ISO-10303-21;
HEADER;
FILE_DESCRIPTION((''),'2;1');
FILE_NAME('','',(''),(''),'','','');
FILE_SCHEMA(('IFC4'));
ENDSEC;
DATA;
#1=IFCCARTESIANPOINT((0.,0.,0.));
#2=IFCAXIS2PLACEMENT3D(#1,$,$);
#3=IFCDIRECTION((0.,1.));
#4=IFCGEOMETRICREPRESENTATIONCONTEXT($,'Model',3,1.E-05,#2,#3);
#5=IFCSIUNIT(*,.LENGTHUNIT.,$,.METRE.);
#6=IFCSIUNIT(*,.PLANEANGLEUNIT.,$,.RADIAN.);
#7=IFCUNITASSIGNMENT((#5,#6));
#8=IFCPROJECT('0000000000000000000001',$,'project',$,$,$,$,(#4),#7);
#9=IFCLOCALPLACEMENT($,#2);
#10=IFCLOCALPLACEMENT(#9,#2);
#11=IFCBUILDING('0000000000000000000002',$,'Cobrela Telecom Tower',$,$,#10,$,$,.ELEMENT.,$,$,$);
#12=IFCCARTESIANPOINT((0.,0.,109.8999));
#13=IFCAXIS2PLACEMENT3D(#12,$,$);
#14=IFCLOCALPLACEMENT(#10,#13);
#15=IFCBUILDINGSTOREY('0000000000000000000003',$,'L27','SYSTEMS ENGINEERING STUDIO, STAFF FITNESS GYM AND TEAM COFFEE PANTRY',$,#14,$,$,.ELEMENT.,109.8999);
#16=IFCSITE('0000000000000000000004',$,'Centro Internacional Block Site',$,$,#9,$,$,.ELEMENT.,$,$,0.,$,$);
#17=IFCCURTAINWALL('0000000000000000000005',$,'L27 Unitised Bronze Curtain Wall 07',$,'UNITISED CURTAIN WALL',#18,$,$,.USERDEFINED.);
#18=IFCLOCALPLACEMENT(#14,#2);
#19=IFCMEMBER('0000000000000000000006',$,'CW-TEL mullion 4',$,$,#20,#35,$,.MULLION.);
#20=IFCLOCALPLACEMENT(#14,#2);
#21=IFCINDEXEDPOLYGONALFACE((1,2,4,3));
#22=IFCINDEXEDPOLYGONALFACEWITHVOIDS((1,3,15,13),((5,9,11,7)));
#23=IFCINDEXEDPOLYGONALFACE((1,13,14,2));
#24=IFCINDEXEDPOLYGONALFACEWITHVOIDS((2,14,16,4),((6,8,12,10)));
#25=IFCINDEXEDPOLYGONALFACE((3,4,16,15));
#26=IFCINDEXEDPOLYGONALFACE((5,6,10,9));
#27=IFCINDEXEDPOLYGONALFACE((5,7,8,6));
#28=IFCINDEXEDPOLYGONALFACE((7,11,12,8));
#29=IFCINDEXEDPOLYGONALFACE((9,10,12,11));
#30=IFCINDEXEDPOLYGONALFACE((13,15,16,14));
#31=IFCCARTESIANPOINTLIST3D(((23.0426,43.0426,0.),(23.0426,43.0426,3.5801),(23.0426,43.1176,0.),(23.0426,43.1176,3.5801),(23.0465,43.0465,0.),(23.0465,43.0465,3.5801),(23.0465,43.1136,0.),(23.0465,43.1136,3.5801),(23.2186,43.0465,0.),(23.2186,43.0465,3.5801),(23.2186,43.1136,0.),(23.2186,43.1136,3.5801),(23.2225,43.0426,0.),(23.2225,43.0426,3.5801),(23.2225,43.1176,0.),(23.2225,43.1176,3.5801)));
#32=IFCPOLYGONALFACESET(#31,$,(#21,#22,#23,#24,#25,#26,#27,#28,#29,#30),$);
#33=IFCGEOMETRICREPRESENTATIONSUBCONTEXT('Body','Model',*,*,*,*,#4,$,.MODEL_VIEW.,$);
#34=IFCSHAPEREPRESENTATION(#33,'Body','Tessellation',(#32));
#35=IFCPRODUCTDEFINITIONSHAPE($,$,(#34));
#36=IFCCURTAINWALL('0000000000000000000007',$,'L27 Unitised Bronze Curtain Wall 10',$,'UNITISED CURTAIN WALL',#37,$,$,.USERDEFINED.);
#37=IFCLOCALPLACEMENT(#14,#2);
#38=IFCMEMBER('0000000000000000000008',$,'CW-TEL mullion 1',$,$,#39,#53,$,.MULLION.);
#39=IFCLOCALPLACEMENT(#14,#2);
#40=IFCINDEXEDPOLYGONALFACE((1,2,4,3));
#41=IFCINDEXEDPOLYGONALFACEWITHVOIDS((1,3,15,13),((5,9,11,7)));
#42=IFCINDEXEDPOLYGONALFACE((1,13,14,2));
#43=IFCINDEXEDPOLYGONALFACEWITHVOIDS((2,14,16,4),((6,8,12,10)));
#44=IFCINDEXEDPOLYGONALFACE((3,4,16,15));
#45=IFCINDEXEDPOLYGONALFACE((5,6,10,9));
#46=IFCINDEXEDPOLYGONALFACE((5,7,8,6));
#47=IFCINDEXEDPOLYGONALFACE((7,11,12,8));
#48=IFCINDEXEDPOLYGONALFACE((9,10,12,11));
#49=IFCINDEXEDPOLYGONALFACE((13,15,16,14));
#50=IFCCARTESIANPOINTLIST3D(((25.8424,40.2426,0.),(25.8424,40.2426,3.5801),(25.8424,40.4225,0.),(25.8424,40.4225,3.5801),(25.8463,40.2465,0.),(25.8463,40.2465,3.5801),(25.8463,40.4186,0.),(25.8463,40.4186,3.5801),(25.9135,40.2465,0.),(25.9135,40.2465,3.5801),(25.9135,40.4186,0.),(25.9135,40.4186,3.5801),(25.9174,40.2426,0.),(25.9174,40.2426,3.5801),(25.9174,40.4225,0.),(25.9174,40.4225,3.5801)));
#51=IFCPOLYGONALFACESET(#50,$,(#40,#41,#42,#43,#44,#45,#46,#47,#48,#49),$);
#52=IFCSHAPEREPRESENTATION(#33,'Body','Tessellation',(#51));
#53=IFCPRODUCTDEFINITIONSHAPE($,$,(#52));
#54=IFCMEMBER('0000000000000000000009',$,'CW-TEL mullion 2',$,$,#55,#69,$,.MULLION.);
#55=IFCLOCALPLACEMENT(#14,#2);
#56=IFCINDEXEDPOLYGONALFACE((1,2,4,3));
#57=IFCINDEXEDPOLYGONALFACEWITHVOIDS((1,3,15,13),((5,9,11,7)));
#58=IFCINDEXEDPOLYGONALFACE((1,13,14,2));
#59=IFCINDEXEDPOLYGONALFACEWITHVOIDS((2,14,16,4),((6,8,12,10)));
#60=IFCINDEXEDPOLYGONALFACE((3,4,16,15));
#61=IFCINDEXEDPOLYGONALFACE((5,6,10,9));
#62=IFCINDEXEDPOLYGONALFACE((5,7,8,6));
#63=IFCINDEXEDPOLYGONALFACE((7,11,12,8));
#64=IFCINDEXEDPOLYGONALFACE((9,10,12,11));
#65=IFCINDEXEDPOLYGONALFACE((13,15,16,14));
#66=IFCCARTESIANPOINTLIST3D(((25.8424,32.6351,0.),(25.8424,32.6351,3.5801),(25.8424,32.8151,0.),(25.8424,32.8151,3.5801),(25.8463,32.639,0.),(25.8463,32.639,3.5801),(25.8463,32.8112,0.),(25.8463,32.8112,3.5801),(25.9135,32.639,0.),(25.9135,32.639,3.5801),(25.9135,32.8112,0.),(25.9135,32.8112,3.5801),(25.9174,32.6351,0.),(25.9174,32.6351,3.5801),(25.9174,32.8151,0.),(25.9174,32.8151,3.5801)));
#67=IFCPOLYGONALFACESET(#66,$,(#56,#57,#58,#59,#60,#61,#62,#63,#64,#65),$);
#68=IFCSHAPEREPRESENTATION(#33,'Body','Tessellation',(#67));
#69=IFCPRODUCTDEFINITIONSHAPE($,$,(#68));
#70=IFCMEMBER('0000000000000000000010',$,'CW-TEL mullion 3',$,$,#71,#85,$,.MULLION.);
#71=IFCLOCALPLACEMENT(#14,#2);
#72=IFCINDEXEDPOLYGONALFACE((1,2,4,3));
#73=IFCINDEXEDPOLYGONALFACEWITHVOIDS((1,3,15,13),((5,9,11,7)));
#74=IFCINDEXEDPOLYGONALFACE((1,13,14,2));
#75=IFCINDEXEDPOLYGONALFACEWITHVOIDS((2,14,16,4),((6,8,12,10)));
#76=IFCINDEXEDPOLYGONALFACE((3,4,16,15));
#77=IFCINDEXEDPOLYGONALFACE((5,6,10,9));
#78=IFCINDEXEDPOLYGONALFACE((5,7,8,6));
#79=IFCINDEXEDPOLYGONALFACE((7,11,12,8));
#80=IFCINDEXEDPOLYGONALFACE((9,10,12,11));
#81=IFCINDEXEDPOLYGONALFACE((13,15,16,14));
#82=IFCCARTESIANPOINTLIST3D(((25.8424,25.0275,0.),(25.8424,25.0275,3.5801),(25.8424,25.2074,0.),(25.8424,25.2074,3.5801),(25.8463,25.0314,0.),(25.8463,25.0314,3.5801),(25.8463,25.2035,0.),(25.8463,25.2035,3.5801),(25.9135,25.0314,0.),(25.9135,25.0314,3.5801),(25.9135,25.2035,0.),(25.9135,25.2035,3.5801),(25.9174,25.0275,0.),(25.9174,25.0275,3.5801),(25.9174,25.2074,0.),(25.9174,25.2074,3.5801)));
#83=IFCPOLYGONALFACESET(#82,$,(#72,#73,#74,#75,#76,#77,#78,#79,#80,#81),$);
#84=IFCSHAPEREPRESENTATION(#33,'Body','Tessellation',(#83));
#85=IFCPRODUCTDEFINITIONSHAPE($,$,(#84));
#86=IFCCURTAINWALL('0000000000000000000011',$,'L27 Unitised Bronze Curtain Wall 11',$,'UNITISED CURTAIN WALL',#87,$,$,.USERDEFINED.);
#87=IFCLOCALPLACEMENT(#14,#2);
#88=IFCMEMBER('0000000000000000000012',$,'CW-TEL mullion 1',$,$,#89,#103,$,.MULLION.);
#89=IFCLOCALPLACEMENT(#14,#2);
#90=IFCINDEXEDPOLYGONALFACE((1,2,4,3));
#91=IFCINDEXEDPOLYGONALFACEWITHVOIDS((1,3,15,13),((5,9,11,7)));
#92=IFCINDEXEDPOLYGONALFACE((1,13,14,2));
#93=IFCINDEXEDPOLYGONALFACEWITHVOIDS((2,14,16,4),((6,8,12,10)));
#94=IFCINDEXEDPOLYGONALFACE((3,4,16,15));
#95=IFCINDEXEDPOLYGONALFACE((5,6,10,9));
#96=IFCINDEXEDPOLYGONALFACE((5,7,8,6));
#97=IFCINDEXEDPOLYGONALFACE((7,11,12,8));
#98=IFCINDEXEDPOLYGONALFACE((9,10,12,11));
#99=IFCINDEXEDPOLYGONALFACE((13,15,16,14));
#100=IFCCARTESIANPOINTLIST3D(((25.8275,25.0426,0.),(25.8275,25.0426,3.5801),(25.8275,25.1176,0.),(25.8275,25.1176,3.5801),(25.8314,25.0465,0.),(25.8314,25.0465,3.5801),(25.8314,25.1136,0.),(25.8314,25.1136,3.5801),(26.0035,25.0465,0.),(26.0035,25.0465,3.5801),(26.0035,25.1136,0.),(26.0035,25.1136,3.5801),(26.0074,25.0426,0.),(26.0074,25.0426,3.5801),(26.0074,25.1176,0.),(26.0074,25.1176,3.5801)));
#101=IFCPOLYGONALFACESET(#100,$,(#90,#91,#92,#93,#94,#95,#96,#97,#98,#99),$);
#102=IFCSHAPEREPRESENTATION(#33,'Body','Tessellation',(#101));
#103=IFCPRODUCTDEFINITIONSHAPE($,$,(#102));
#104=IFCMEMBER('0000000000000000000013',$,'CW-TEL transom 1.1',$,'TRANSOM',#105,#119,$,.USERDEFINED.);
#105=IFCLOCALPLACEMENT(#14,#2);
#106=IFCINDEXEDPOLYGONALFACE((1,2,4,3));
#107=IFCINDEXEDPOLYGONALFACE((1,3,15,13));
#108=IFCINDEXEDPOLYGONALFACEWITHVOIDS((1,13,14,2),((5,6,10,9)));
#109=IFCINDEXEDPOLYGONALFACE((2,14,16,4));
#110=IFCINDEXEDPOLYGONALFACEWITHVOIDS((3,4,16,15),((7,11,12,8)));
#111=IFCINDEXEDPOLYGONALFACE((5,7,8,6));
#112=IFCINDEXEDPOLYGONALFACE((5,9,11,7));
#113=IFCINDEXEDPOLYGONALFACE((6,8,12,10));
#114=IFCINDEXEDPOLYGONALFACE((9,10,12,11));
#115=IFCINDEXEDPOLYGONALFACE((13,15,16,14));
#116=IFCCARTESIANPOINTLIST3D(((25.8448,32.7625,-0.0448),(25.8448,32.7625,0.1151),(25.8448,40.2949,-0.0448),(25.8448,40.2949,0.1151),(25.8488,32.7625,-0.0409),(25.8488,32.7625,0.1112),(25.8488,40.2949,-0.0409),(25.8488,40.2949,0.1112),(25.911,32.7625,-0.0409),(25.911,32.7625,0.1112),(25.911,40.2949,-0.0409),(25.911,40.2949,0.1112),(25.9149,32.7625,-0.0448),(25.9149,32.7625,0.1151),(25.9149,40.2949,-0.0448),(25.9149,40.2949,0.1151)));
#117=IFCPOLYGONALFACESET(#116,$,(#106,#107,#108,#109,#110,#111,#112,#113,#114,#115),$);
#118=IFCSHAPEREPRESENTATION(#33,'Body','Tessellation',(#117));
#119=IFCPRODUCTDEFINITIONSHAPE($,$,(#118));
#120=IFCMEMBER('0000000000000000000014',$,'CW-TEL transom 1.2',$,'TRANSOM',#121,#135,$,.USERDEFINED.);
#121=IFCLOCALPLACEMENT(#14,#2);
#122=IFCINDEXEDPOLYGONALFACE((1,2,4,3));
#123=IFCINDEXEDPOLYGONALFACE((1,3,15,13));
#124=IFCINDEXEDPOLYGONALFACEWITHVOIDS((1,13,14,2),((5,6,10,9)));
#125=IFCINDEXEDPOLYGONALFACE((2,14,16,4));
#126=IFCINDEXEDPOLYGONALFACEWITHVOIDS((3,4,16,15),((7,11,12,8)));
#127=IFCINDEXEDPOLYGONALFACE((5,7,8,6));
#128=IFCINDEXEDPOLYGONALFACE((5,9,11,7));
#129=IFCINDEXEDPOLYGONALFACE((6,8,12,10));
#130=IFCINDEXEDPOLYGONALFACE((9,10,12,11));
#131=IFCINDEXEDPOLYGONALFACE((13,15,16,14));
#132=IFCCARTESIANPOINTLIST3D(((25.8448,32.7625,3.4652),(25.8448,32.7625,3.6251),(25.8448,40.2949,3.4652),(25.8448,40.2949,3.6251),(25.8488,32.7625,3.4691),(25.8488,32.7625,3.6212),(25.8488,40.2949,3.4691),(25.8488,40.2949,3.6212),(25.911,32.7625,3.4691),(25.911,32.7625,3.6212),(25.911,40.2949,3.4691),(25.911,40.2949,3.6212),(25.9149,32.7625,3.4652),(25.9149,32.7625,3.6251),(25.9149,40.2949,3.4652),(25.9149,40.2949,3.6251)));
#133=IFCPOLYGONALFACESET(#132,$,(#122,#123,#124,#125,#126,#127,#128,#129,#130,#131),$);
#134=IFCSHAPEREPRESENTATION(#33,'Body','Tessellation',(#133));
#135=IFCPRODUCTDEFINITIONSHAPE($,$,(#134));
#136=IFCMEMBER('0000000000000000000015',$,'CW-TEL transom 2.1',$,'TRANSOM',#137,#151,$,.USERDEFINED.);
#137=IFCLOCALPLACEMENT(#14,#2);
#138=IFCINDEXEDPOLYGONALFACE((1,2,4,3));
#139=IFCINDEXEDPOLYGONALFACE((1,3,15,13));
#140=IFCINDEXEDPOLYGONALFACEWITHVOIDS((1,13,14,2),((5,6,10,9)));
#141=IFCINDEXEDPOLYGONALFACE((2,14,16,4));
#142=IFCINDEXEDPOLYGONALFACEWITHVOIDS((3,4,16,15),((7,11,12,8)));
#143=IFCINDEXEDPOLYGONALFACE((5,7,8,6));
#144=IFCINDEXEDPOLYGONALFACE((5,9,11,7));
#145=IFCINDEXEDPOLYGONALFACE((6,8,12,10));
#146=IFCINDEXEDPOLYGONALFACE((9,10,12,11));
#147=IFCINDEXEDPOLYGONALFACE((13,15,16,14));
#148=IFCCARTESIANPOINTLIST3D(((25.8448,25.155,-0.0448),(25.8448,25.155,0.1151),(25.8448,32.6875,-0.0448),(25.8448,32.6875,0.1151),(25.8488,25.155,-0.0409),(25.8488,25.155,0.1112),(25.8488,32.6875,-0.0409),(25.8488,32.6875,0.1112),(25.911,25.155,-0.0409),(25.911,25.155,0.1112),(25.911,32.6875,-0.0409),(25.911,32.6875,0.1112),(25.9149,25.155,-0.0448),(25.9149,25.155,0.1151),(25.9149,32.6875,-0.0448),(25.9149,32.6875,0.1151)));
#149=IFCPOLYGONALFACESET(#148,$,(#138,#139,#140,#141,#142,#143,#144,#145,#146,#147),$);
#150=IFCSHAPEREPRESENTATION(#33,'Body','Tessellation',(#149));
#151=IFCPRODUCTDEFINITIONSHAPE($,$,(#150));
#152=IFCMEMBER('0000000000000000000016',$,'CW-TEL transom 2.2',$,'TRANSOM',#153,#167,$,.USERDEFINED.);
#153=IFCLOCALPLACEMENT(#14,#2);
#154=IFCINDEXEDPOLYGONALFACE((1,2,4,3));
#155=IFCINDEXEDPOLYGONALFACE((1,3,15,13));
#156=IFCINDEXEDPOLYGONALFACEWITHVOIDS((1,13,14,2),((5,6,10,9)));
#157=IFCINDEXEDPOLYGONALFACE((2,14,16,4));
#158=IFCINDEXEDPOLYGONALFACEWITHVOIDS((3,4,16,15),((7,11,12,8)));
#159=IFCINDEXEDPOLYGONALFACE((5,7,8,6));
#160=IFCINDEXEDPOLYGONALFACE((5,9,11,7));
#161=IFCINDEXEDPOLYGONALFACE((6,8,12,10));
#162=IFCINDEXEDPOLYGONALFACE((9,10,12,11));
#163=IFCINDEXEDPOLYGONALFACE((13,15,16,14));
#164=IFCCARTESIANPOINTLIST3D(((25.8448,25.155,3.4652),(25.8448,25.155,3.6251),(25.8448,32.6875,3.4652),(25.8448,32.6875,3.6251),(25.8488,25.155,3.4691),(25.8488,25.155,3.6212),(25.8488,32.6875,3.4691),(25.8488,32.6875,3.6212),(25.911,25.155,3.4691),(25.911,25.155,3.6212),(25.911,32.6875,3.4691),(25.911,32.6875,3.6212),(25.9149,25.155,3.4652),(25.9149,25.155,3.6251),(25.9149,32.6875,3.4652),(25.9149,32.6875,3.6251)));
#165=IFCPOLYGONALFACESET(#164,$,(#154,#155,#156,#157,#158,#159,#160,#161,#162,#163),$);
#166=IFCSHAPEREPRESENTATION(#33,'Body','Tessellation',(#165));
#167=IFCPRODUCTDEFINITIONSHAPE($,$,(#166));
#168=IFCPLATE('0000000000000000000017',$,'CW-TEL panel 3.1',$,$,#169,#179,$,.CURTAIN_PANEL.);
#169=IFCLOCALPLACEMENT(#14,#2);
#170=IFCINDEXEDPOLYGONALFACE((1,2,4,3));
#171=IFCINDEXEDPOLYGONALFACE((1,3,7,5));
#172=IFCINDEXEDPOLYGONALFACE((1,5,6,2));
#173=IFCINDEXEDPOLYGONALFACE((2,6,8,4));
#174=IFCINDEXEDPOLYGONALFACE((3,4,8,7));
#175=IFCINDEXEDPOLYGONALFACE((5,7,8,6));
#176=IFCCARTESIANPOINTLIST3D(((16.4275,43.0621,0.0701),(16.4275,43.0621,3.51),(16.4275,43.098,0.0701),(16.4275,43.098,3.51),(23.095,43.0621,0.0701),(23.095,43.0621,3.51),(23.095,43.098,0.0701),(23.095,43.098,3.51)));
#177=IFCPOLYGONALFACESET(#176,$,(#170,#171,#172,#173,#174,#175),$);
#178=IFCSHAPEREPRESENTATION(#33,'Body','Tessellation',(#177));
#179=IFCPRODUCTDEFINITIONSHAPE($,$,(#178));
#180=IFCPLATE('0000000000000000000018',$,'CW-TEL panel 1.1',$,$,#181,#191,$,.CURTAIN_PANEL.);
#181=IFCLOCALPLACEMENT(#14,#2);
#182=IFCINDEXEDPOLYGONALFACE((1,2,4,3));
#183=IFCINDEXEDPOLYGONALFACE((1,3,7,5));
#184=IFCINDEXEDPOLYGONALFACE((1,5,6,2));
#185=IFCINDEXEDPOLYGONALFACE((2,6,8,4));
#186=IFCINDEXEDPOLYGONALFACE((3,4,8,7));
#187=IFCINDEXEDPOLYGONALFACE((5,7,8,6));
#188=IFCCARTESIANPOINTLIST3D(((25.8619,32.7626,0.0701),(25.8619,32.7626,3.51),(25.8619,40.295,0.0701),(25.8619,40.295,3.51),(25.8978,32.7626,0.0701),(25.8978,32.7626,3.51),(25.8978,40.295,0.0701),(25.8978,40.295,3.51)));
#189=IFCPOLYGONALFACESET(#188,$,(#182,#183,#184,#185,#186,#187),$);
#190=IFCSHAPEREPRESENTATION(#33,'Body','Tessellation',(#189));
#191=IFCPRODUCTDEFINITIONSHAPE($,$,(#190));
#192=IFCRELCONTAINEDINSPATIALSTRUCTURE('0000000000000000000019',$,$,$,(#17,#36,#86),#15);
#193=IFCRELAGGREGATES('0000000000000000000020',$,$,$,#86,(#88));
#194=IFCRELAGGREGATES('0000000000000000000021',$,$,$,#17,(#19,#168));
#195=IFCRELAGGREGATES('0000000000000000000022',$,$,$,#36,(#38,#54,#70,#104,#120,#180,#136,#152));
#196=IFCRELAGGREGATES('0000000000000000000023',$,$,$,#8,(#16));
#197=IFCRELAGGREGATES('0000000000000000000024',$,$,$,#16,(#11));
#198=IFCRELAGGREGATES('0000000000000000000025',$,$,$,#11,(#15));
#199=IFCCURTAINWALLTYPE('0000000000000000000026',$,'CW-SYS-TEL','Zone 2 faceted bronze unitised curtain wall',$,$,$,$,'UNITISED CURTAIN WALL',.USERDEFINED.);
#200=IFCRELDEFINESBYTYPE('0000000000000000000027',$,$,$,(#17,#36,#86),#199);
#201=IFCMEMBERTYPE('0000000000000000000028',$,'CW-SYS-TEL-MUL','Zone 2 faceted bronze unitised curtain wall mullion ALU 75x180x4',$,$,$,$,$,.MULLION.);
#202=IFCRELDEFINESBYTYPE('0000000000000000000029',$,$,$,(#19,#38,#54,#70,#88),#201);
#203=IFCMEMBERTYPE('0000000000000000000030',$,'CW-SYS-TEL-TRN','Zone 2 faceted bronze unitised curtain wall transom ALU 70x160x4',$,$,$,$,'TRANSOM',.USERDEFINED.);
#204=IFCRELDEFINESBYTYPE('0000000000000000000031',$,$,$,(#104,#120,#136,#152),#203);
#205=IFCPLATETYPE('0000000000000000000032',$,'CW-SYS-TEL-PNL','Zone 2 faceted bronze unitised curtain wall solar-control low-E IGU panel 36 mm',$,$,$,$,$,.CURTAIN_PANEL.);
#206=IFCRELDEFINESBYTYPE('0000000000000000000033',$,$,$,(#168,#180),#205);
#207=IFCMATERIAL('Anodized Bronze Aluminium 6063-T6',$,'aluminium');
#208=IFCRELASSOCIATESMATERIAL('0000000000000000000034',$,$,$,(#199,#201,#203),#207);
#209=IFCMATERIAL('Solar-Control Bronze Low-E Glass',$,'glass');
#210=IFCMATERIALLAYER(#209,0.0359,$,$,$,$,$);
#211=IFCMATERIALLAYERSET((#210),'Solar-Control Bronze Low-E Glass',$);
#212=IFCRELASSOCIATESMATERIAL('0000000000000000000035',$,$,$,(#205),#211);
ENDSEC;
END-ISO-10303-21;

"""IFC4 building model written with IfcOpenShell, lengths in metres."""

from ifc_helpers import new_model, si_unit, direction, frame, origin, origin_2d, place, context, subcontext, project, spatial, rectangle, hollow_rectangle, extrude, material, layer, layer_set, material_profile, profile_set, type_object, element, aggregate, save


model = new_model("IFC4")

# Units and contexts
model_context = context("Model", 3, precision=1e-05, world=origin(), true_north=direction((0.0, 1.0)))
body_context = subcontext(model_context, "Body", "Model", "MODEL_VIEW")
ifc_project = project(units=[si_unit("LENGTHUNIT", "METRE"), si_unit("PLANEANGLEUNIT", "RADIAN")], contexts=[model_context])

# Site, building, storey
site_placement = place(None, origin())
site = spatial("IfcSite", under=ifc_project, at=site_placement, Name="Centro Internacional Block Site", CompositionType="ELEMENT", RefElevation=0.0)
building_placement = place(site_placement, origin())
building = spatial("IfcBuilding", under=site, at=building_placement, Name="Cobrela Telecom Tower", CompositionType="ELEMENT")
storey_placement = place(building_placement, frame((0.0, 0.0, 109.8999)))
storey = spatial("IfcBuildingStorey", under=building, at=storey_placement, Name="L27", Description="SYSTEMS ENGINEERING STUDIO, STAFF FITNESS GYM AND TEAM COFFEE PANTRY", CompositionType="ELEMENT", Elevation=109.8999)

# Curtain wall, member
ifc_material_1 = material(Name="Anodized Bronze Aluminium 6063-T6", Category="aluminium")
curtain_wall_type = type_object("IfcCurtainWallType", Name="CW-SYS-TEL", Description="Zone 2 faceted bronze unitised curtain wall", ElementType="UNITISED CURTAIN WALL", PredefinedType="USERDEFINED", material=ifc_material_1)
curtain_wall_1_placement = place(storey_placement, origin())
curtain_wall_1 = element("IfcCurtainWall", 1, at=curtain_wall_1_placement, inside=storey, type_object=curtain_wall_type, Name="L27 Unitised Bronze Curtain Wall 07", ObjectType="UNITISED CURTAIN WALL", PredefinedType="USERDEFINED")
ifc_material_profile_1 = material_profile(ifc_material_1, hollow_rectangle(XDim=0.075, YDim=0.1799, WallThickness=0.0039, at=origin_2d()), Name="ALU 75x180x4")
ifc_profile_set_1 = profile_set([ifc_material_profile_1], Name="Anodized Bronze Aluminium 6063-T6")
member_type_1 = type_object("IfcMemberType", Name="CW-SYS-TEL-MUL", Description="Zone 2 faceted bronze unitised curtain wall mullion ALU 75x180x4", PredefinedType="MULLION", material=ifc_profile_set_1)
member_1_placement = place(storey_placement, frame((23.1326, 43.0801, 0.0), z_axis=(0.0, 0.0, 1.0), x_axis=(0.0, 1.0, 0.0)))
member_1 = element("IfcMember", 2, at=member_1_placement, type_object=member_type_1, Name="CW-TEL mullion 4", PredefinedType="MULLION", context=body_context, shape_type="SweptSolid", body=[
    extrude(hollow_rectangle(XDim=0.075, YDim=0.1799, WallThickness=0.0039, at=origin_2d()), origin(), (0.0, 0.0, 1.0), 3.5801),
])

# Curtain wall, members
curtain_wall_2_placement = place(storey_placement, origin())
curtain_wall_2 = element("IfcCurtainWall", 3, at=curtain_wall_2_placement, inside=storey, type_object=curtain_wall_type, Name="L27 Unitised Bronze Curtain Wall 10", ObjectType="UNITISED CURTAIN WALL", PredefinedType="USERDEFINED")
member_2_placement = place(storey_placement, frame((25.8799, 40.3325, 0.0), z_axis=(0.0, 0.0, 1.0), x_axis=(1.0, 0.0, 0.0)))
member_2 = element("IfcMember", 4, at=member_2_placement, type_object=member_type_1, Name="CW-TEL mullion 1", PredefinedType="MULLION", context=body_context, shape_type="SweptSolid", body=[
    extrude(hollow_rectangle(XDim=0.075, YDim=0.1799, WallThickness=0.0039, at=origin_2d()), origin(), (0.0, 0.0, 1.0), 3.5801),
])
member_3_placement = place(storey_placement, frame((25.8799, 32.7251, 0.0), z_axis=(0.0, 0.0, 1.0), x_axis=(1.0, 0.0, 0.0)))
member_3 = element("IfcMember", 5, at=member_3_placement, type_object=member_type_1, Name="CW-TEL mullion 2", PredefinedType="MULLION", context=body_context, shape_type="SweptSolid", body=[
    extrude(hollow_rectangle(XDim=0.075, YDim=0.1799, WallThickness=0.0039, at=origin_2d()), origin(), (0.0, 0.0, 1.0), 3.5801),
])
member_4_placement = place(storey_placement, frame((25.8799, 25.1174, 0.0), z_axis=(0.0, 0.0, 1.0), x_axis=(1.0, 0.0, 0.0)))
member_4 = element("IfcMember", 6, at=member_4_placement, type_object=member_type_1, Name="CW-TEL mullion 3", PredefinedType="MULLION", context=body_context, shape_type="SweptSolid", body=[
    extrude(hollow_rectangle(XDim=0.075, YDim=0.1799, WallThickness=0.0039, at=origin_2d()), origin(), (0.0, 0.0, 1.0), 3.5801),
])

# Curtain wall, member
curtain_wall_3_placement = place(storey_placement, origin())
curtain_wall_3 = element("IfcCurtainWall", 7, at=curtain_wall_3_placement, inside=storey, type_object=curtain_wall_type, Name="L27 Unitised Bronze Curtain Wall 11", ObjectType="UNITISED CURTAIN WALL", PredefinedType="USERDEFINED")
member_5_placement = place(storey_placement, frame((25.9175, 25.0801, 0.0), z_axis=(0.0, 0.0, 1.0), x_axis=(0.0, 1.0, 0.0)))
member_5 = element("IfcMember", 8, at=member_5_placement, type_object=member_type_1, Name="CW-TEL mullion 1", PredefinedType="MULLION", context=body_context, shape_type="SweptSolid", body=[
    extrude(hollow_rectangle(XDim=0.075, YDim=0.1799, WallThickness=0.0039, at=origin_2d()), origin(), (0.0, 0.0, 1.0), 3.5801),
])
aggregate(curtain_wall_3, [member_5])

# Members
ifc_material_profile_2 = material_profile(ifc_material_1, hollow_rectangle(XDim=0.0701, YDim=0.1599, WallThickness=0.0039, at=origin_2d()), Name="ALU 70x160x4")
ifc_profile_set_2 = profile_set([ifc_material_profile_2], Name="Anodized Bronze Aluminium 6063-T6")
member_type_2 = type_object("IfcMemberType", Name="CW-SYS-TEL-TRN", Description="Zone 2 faceted bronze unitised curtain wall transom ALU 70x160x4", ElementType="TRANSOM", PredefinedType="USERDEFINED", material=ifc_profile_set_2)
member_6_placement = place(storey_placement, frame((25.8799, 40.2949, 0.0352), z_axis=(0.0, -1.0, 0.0), x_axis=(1.0, 0.0, 0.0)))
member_6 = element("IfcMember", 9, at=member_6_placement, type_object=member_type_2, Name="CW-TEL transom 1.1", ObjectType="TRANSOM", PredefinedType="USERDEFINED", context=body_context, shape_type="SweptSolid", body=[
    extrude(hollow_rectangle(XDim=0.0701, YDim=0.1599, WallThickness=0.0039, at=origin_2d()), origin(), (0.0, 0.0, 1.0), 7.5325),
])
member_7_placement = place(storey_placement, frame((25.8799, 40.2949, 3.5452), z_axis=(0.0, -1.0, 0.0), x_axis=(1.0, 0.0, 0.0)))
member_7 = element("IfcMember", 10, at=member_7_placement, type_object=member_type_2, Name="CW-TEL transom 1.2", ObjectType="TRANSOM", PredefinedType="USERDEFINED", context=body_context, shape_type="SweptSolid", body=[
    extrude(hollow_rectangle(XDim=0.0701, YDim=0.1599, WallThickness=0.0039, at=origin_2d()), origin(), (0.0, 0.0, 1.0), 7.5325),
])
member_8_placement = place(storey_placement, frame((25.8799, 32.6875, 0.0352), z_axis=(0.0, -1.0, 0.0), x_axis=(1.0, 0.0, 0.0)))
member_8 = element("IfcMember", 11, at=member_8_placement, type_object=member_type_2, Name="CW-TEL transom 2.1", ObjectType="TRANSOM", PredefinedType="USERDEFINED", context=body_context, shape_type="SweptSolid", body=[
    extrude(hollow_rectangle(XDim=0.0701, YDim=0.1599, WallThickness=0.0039, at=origin_2d()), origin(), (0.0, 0.0, 1.0), 7.5325),
])
member_9_placement = place(storey_placement, frame((25.8799, 32.6875, 3.5452), z_axis=(0.0, -1.0, 0.0), x_axis=(1.0, 0.0, 0.0)))
member_9 = element("IfcMember", 12, at=member_9_placement, type_object=member_type_2, Name="CW-TEL transom 2.2", ObjectType="TRANSOM", PredefinedType="USERDEFINED", context=body_context, shape_type="SweptSolid", body=[
    extrude(hollow_rectangle(XDim=0.0701, YDim=0.1599, WallThickness=0.0039, at=origin_2d()), origin(), (0.0, 0.0, 1.0), 7.5325),
])

# Plates
ifc_material_2 = material(Name="Solar-Control Bronze Low-E Glass", Category="glass")
ifc_layer_1 = layer(ifc_material_2, 0.0359)
ifc_layer_set_1 = layer_set([ifc_layer_1], Name="Solar-Control Bronze Low-E Glass")
plate_type = type_object("IfcPlateType", Name="CW-SYS-TEL-PNL", Description="Zone 2 faceted bronze unitised curtain wall solar-control low-E IGU panel 36 mm", PredefinedType="CURTAIN_PANEL", material=ifc_layer_set_1)
plate_1_placement = place(storey_placement, frame((19.7612, 43.0801, 0.0701), z_axis=(0.0, 0.0, 1.0), x_axis=(1.0, 0.0, 0.0)))
plate_1 = element("IfcPlate", 13, at=plate_1_placement, type_object=plate_type, Name="CW-TEL panel 3.1", PredefinedType="CURTAIN_PANEL", context=body_context, shape_type="SweptSolid", body=[
    extrude(rectangle(XDim=6.6675, YDim=0.0359, at=origin_2d()), origin(), (0.0, 0.0, 1.0), 3.4399),
])
aggregate(curtain_wall_1, [member_1, plate_1])
plate_2_placement = place(storey_placement, frame((25.8799, 36.5288, 0.0701), z_axis=(0.0, 0.0, 1.0), x_axis=(0.0, -1.0, 0.0)))
plate_2 = element("IfcPlate", 14, at=plate_2_placement, type_object=plate_type, Name="CW-TEL panel 1.1", PredefinedType="CURTAIN_PANEL", context=body_context, shape_type="SweptSolid", body=[
    extrude(rectangle(XDim=7.5325, YDim=0.0359, at=origin_2d()), origin(), (0.0, 0.0, 1.0), 3.4399),
])
aggregate(curtain_wall_2, [member_2, member_3, member_4, member_6, member_7, plate_2, member_8, member_9])

save(model, "model.ifc")
